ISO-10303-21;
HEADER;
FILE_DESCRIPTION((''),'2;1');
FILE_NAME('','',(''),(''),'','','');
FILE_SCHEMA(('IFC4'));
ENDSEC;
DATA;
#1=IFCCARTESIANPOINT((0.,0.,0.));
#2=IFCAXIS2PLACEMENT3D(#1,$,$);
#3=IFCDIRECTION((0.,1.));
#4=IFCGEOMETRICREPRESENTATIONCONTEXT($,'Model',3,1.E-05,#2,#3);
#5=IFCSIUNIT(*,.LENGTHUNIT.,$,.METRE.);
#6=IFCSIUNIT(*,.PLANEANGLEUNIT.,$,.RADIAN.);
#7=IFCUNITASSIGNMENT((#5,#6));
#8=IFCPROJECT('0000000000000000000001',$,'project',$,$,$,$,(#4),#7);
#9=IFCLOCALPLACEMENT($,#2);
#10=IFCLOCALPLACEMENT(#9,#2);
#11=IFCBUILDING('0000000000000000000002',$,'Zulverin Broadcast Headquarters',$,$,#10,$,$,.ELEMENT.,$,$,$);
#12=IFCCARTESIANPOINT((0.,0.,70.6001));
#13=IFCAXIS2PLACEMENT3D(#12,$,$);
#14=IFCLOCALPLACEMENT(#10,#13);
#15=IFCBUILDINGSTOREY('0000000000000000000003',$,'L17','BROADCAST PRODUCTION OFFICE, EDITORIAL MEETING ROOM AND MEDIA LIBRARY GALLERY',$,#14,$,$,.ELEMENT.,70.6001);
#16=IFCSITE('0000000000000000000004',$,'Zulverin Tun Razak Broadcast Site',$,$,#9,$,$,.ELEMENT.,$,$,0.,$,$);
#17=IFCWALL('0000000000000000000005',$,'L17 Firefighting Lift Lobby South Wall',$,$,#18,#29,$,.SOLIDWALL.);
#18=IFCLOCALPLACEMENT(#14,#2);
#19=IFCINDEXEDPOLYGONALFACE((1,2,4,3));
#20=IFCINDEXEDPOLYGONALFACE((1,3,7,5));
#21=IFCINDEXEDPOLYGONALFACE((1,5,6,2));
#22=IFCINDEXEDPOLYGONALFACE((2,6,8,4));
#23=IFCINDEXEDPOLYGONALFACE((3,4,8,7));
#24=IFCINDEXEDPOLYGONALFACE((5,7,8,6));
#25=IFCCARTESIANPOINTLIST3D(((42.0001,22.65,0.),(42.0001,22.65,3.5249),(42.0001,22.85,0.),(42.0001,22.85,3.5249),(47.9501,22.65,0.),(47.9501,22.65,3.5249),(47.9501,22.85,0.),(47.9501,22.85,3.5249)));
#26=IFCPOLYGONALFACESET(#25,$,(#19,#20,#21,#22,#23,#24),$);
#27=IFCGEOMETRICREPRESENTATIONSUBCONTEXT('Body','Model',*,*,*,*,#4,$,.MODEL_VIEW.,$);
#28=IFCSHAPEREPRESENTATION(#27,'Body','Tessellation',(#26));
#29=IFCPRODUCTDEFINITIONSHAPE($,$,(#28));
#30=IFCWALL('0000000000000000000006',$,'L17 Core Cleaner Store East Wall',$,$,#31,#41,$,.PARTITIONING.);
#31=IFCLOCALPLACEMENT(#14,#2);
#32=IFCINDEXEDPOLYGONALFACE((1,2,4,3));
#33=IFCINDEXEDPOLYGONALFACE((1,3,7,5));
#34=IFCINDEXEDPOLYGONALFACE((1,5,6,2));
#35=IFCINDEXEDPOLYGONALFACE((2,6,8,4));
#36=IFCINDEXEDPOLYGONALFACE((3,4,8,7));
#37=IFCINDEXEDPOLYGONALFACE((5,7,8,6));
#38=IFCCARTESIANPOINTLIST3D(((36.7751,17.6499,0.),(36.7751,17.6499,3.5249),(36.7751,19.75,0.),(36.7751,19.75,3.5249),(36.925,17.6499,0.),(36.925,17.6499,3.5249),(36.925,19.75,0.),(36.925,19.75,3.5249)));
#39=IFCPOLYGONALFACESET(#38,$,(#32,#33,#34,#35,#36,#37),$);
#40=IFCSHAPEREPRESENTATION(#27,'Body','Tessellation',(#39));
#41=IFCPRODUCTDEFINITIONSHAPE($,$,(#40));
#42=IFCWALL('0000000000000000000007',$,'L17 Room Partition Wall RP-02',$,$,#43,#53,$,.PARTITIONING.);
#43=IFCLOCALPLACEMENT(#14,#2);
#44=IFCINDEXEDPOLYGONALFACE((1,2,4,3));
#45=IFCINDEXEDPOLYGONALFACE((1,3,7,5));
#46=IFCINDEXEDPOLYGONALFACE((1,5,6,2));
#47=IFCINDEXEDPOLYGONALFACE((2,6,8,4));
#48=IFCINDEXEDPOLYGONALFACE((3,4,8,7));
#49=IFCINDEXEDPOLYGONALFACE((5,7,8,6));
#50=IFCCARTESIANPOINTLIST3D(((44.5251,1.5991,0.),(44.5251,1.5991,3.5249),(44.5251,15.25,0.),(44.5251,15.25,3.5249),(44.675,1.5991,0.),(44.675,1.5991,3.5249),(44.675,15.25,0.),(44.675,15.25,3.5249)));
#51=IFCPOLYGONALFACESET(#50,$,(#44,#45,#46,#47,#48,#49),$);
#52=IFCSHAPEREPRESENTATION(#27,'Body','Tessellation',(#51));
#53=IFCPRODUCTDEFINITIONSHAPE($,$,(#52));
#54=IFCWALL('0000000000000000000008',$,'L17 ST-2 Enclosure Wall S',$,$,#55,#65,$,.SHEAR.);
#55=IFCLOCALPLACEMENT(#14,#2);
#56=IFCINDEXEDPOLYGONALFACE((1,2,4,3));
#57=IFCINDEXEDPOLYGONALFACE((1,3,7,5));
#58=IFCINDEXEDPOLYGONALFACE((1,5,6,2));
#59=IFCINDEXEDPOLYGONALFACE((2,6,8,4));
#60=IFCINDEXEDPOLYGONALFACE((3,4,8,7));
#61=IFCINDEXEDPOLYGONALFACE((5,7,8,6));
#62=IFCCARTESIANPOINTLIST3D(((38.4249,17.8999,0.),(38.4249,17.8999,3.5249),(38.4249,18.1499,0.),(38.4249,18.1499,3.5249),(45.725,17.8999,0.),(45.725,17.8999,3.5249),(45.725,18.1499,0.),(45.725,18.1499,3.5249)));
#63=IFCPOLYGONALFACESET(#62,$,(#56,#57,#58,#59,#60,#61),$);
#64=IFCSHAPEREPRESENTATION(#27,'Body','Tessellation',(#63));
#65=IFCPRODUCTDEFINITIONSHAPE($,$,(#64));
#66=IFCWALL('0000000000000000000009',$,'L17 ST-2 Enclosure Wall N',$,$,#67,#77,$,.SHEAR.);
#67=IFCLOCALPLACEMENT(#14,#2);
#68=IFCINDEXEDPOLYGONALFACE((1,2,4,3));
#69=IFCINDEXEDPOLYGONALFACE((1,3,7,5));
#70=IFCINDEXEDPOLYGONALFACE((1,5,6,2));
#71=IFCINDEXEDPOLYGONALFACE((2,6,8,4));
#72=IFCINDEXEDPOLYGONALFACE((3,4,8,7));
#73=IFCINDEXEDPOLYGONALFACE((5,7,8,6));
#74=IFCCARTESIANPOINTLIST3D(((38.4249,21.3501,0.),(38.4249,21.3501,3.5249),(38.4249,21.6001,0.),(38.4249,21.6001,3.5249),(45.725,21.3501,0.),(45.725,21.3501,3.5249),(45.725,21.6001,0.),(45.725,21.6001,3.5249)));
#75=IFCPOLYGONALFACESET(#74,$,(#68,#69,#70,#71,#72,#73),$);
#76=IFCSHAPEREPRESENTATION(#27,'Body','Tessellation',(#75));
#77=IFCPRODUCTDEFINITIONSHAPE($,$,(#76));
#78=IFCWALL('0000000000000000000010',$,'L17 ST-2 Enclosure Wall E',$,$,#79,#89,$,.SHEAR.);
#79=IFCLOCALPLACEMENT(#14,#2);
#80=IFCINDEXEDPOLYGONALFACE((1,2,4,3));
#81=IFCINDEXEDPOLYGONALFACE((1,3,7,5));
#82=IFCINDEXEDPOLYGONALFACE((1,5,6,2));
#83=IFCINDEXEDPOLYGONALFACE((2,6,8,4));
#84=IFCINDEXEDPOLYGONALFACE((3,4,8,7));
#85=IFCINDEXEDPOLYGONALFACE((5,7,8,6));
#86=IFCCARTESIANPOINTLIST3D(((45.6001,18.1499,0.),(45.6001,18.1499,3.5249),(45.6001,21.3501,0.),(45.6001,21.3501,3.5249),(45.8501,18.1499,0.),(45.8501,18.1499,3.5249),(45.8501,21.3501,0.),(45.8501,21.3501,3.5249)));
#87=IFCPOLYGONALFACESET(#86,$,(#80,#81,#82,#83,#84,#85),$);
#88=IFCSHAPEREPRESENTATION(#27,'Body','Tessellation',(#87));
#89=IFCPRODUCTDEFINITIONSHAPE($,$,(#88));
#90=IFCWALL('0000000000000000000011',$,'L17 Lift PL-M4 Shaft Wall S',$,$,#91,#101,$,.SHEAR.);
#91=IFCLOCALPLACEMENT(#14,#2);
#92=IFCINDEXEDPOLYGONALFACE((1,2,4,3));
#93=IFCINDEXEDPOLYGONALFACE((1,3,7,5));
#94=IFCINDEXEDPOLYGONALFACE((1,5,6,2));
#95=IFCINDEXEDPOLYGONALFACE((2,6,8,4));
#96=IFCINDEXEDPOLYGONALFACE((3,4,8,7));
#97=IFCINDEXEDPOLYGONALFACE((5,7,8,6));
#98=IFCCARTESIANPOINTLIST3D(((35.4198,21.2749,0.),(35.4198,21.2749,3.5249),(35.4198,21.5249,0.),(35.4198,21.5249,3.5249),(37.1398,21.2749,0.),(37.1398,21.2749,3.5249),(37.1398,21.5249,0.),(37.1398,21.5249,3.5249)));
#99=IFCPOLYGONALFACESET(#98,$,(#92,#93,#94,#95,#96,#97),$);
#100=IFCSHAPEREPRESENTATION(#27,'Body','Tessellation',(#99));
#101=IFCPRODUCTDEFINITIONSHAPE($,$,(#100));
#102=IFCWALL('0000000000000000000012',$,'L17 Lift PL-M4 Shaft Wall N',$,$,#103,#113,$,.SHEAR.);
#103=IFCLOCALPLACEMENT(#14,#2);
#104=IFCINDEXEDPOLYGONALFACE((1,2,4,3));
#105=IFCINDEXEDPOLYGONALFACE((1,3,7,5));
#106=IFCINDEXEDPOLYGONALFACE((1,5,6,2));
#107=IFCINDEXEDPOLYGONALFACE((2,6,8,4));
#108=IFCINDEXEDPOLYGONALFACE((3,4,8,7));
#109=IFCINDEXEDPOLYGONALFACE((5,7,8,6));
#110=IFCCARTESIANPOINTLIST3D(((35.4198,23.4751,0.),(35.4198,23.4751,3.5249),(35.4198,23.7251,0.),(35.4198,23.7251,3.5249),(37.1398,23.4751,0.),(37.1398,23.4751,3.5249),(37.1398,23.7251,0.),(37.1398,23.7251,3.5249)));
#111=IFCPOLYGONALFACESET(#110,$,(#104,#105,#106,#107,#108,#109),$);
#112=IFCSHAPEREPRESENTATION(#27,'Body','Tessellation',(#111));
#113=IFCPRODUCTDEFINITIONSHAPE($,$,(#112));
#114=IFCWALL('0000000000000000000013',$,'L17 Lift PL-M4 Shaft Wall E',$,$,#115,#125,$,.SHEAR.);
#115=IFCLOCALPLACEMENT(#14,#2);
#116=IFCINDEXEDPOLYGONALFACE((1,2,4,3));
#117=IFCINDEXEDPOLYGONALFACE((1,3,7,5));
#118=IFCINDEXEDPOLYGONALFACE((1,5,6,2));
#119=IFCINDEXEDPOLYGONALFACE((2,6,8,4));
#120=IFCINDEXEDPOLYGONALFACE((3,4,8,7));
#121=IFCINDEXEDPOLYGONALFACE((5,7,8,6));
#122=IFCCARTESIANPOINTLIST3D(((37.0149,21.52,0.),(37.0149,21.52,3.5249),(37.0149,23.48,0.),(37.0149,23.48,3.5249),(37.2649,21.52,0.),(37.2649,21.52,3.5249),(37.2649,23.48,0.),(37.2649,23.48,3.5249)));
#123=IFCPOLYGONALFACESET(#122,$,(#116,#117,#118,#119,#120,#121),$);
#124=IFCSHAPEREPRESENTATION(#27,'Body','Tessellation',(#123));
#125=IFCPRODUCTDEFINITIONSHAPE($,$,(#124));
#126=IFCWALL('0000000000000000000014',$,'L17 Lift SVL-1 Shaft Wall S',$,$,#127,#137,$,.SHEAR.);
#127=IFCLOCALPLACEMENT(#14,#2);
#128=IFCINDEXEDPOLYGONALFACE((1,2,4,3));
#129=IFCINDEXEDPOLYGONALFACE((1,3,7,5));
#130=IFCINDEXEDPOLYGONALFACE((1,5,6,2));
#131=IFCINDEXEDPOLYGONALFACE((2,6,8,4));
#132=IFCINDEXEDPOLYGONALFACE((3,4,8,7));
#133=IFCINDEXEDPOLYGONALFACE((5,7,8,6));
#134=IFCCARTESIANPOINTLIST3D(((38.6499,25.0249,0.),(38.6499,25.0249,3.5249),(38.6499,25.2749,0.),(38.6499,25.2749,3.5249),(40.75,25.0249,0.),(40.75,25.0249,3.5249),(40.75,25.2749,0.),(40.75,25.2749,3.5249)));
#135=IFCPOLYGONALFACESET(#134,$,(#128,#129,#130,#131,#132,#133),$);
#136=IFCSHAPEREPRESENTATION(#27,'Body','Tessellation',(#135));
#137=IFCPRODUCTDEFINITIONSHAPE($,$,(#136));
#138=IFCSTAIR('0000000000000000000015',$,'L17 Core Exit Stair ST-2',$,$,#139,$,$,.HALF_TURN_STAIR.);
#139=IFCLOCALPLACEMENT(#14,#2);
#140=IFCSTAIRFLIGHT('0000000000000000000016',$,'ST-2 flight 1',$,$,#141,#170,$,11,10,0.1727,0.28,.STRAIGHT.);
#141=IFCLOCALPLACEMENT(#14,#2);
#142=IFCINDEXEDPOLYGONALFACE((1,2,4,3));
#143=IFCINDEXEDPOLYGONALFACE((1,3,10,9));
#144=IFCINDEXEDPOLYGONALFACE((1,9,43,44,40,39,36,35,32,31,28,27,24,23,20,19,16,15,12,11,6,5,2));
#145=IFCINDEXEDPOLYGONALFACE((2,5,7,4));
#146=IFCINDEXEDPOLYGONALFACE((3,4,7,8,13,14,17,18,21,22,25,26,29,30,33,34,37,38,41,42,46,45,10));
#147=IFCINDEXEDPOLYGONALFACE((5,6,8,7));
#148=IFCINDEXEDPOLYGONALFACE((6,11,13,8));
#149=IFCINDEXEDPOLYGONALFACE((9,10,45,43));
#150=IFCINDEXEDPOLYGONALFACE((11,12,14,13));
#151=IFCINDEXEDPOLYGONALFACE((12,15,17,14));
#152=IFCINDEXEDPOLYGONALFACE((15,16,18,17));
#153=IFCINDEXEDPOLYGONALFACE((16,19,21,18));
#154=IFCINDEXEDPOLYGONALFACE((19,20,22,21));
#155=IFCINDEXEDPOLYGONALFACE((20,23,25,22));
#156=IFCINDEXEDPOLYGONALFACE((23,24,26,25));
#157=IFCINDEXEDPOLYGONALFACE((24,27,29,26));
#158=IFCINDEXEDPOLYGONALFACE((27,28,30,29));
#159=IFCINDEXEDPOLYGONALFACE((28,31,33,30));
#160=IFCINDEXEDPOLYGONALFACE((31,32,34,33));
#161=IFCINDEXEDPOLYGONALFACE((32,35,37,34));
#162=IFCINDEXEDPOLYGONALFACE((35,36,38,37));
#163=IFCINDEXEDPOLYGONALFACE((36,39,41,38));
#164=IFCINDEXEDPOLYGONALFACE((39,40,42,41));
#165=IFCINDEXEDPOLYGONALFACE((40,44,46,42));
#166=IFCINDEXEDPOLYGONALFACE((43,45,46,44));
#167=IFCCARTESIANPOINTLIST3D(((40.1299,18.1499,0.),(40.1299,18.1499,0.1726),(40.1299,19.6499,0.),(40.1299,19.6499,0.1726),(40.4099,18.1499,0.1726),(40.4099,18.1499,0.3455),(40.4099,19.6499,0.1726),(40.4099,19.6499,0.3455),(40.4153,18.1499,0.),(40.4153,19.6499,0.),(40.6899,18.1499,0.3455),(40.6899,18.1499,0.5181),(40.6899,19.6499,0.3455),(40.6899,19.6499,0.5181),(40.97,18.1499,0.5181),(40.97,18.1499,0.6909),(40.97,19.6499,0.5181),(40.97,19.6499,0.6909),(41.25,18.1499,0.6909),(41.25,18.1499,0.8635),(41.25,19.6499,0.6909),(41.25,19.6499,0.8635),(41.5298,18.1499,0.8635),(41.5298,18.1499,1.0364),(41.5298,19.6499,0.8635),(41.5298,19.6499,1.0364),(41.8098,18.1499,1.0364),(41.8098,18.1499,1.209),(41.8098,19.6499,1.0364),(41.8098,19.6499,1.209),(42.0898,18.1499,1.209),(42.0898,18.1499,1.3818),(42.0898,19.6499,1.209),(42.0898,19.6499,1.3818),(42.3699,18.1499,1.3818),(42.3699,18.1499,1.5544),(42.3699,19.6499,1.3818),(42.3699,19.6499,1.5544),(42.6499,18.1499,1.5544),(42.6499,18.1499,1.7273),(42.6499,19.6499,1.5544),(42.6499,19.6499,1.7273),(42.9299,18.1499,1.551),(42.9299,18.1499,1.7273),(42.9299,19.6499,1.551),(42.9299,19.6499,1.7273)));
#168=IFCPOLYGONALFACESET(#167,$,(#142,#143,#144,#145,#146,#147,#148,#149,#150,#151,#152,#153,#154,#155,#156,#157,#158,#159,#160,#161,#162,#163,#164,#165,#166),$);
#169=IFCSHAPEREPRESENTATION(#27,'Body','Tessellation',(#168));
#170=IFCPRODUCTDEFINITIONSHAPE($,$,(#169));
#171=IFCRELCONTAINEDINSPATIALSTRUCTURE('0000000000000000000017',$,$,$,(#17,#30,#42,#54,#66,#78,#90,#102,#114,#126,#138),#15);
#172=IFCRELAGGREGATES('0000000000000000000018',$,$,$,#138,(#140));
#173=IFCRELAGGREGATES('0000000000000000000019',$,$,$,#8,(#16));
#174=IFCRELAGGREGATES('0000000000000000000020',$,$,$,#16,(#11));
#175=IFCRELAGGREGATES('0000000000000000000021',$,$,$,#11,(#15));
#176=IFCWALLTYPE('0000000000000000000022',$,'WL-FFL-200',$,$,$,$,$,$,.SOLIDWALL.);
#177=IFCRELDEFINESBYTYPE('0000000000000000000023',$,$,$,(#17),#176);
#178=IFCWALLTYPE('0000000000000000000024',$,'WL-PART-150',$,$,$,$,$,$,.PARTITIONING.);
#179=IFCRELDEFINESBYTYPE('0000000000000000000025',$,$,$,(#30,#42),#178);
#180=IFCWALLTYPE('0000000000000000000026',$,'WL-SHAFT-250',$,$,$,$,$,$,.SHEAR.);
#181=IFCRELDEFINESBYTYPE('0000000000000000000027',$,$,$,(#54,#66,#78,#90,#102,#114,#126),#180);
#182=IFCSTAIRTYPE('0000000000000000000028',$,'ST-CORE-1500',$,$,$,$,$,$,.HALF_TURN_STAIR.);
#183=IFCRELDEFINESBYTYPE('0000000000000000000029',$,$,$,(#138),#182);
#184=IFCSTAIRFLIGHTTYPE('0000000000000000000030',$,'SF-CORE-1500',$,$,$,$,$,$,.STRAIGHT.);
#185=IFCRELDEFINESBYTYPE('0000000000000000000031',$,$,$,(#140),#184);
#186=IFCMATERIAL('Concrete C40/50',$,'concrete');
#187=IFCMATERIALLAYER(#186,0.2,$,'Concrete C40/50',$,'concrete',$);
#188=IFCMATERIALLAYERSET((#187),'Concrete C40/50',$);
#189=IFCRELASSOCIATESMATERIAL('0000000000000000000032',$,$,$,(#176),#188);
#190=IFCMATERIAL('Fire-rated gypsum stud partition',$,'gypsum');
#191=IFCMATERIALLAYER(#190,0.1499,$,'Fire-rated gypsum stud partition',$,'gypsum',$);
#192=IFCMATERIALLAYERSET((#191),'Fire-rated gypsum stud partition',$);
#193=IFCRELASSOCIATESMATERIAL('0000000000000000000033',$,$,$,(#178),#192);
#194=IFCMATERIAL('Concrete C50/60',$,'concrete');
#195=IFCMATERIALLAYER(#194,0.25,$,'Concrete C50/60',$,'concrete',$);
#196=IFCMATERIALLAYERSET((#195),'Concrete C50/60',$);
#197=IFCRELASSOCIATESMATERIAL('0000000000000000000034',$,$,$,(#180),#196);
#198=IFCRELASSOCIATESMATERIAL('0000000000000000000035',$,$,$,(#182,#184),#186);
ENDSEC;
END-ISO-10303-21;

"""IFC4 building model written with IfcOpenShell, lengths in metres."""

from ifc_helpers import new_model, si_unit, direction, frame, frame_2d, origin, place, context, subcontext, project, spatial, polyline, rectangle, outline, extrude, material, layer, layer_set, type_object, element, aggregate, save


model = new_model("IFC4")

# Units and contexts
model_context = context("Model", 3, precision=1e-05, world=origin(), true_north=direction((0.0, 1.0)))
body_context = subcontext(model_context, "Body", "Model", "MODEL_VIEW")
ifc_project = project(units=[si_unit("LENGTHUNIT", "METRE"), si_unit("PLANEANGLEUNIT", "RADIAN")], contexts=[model_context])

# Site, building, storey
site_placement = place(None, origin())
site = spatial("IfcSite", under=ifc_project, at=site_placement, Name="Zulverin Tun Razak Broadcast Site", CompositionType="ELEMENT", RefElevation=0.0)
building_placement = place(site_placement, origin())
building = spatial("IfcBuilding", under=site, at=building_placement, Name="Zulverin Broadcast Headquarters", CompositionType="ELEMENT")
storey_placement = place(building_placement, frame((0.0, 0.0, 70.6001)))
storey = spatial("IfcBuildingStorey", under=building, at=storey_placement, Name="L17", Description="BROADCAST PRODUCTION OFFICE, EDITORIAL MEETING ROOM AND MEDIA LIBRARY GALLERY", CompositionType="ELEMENT", Elevation=70.6001)

# Shared definitions
ifc_material_1 = material(Name="Concrete C40/50", Category="concrete")
ifc_layer_1 = layer(ifc_material_1, 0.2, Name="Concrete C40/50", Category="concrete")
ifc_layer_set_1 = layer_set([ifc_layer_1], Name="Concrete C40/50")
wall_type_1 = type_object("IfcWallType", Name="WL-FFL-200", PredefinedType="SOLIDWALL", material=ifc_layer_set_1)

# Walls
wall_1_placement = place(storey_placement, frame((42.0, 22.75, 0.0), z_axis=(0.0, 0.0, 1.0), x_axis=(1.0, 0.0, 0.0)))
element("IfcWall", 1, at=wall_1_placement, inside=storey, type_object=wall_type_1, Name="L17 Firefighting Lift Lobby South Wall", PredefinedType="SOLIDWALL", context=body_context, shape_type="SweptSolid", body=[
    extrude(rectangle(XDim=5.95, YDim=0.2, at=frame_2d((2.9751, 0.0))), origin(), (0.0, 0.0, 1.0), 3.5249),
])
ifc_material_2 = material(Name="Fire-rated gypsum stud partition", Category="gypsum")
ifc_layer_2 = layer(ifc_material_2, 0.1499, Name="Fire-rated gypsum stud partition", Category="gypsum")
ifc_layer_set_2 = layer_set([ifc_layer_2], Name="Fire-rated gypsum stud partition")
wall_type_2 = type_object("IfcWallType", Name="WL-PART-150", PredefinedType="PARTITIONING", material=ifc_layer_set_2)
wall_2_placement = place(storey_placement, frame((36.8501, 17.6499, 0.0), z_axis=(0.0, 0.0, 1.0), x_axis=(0.0, 1.0, 0.0)))
element("IfcWall", 2, at=wall_2_placement, inside=storey, type_object=wall_type_2, Name="L17 Core Cleaner Store East Wall", PredefinedType="PARTITIONING", context=body_context, shape_type="SweptSolid", body=[
    extrude(rectangle(XDim=2.1001, YDim=0.1499, at=frame_2d((1.05, 0.0))), origin(), (0.0, 0.0, 1.0), 3.5249),
])
wall_3_placement = place(storey_placement, frame((44.6001, 1.5991, 0.0), z_axis=(0.0, 0.0, 1.0), x_axis=(0.0, 1.0, 0.0)))
element("IfcWall", 3, at=wall_3_placement, inside=storey, type_object=wall_type_2, Name="L17 Room Partition Wall RP-02", PredefinedType="PARTITIONING", context=body_context, shape_type="SweptSolid", body=[
    extrude(rectangle(XDim=13.6509, YDim=0.1499, at=frame_2d((6.8254, 0.0))), origin(), (0.0, 0.0, 1.0), 3.5249),
])
ifc_material_3 = material(Name="Concrete C50/60", Category="concrete")
ifc_layer_3 = layer(ifc_material_3, 0.25, Name="Concrete C50/60", Category="concrete")
ifc_layer_set_3 = layer_set([ifc_layer_3], Name="Concrete C50/60")
wall_type_3 = type_object("IfcWallType", Name="WL-SHAFT-250", PredefinedType="SHEAR", material=ifc_layer_set_3)
for number, where, z_axis, x_axis, name in (
    (4, (38.425, 18.0249, 0.0), (0.0, 0.0, 1.0), (1.0, 0.0, 0.0), "L17 ST-2 Enclosure Wall S"),
    (5, (38.425, 21.4751, 0.0), (0.0, 0.0, 1.0), (1.0, 0.0, 0.0), "L17 ST-2 Enclosure Wall N"),
):
    element("IfcWall", number, at=place(storey_placement, frame(where, z_axis=z_axis, x_axis=x_axis)), inside=storey, type_object=wall_type_3, Name=name, PredefinedType="SHEAR", context=body_context, shape_type="SweptSolid", body=[
        extrude(rectangle(XDim=7.3, YDim=0.25, at=frame_2d((3.6499, 0.0))), origin(), (0.0, 0.0, 1.0), 3.5249),
    ])

# Walls
wall_4_placement = place(storey_placement, frame((45.7251, 18.1499, 0.0), z_axis=(0.0, 0.0, 1.0), x_axis=(0.0, 1.0, 0.0)))
element("IfcWall", 6, at=wall_4_placement, inside=storey, type_object=wall_type_3, Name="L17 ST-2 Enclosure Wall E", PredefinedType="SHEAR", context=body_context, shape_type="SweptSolid", body=[
    extrude(rectangle(XDim=3.2002, YDim=0.25, at=frame_2d((1.6001, 0.0))), origin(), (0.0, 0.0, 1.0), 3.5249),
])
for number, where, z_axis, x_axis, name in (
    (7, (35.4199, 21.3999, 0.0), (0.0, 0.0, 1.0), (1.0, 0.0, 0.0), "L17 Lift PL-M4 Shaft Wall S"),
    (8, (35.4199, 23.6001, 0.0), (0.0, 0.0, 1.0), (1.0, 0.0, 0.0), "L17 Lift PL-M4 Shaft Wall N"),
):
    element("IfcWall", number, at=place(storey_placement, frame(where, z_axis=z_axis, x_axis=x_axis)), inside=storey, type_object=wall_type_3, Name=name, PredefinedType="SHEAR", context=body_context, shape_type="SweptSolid", body=[
        extrude(rectangle(XDim=1.72, YDim=0.25, at=frame_2d((0.8599, 0.0))), origin(), (0.0, 0.0, 1.0), 3.5249),
    ])
wall_5_placement = place(storey_placement, frame((37.1399, 21.52, 0.0), z_axis=(0.0, 0.0, 1.0), x_axis=(0.0, 1.0, 0.0)))
element("IfcWall", 9, at=wall_5_placement, inside=storey, type_object=wall_type_3, Name="L17 Lift PL-M4 Shaft Wall E", PredefinedType="SHEAR", context=body_context, shape_type="SweptSolid", body=[
    extrude(rectangle(XDim=1.96, YDim=0.25, at=frame_2d((0.98, 0.0))), origin(), (0.0, 0.0, 1.0), 3.5249),
])
wall_6_placement = place(storey_placement, frame((38.6499, 25.1499, 0.0), z_axis=(0.0, 0.0, 1.0), x_axis=(1.0, 0.0, 0.0)))
element("IfcWall", 10, at=wall_6_placement, inside=storey, type_object=wall_type_3, Name="L17 Lift SVL-1 Shaft Wall S", PredefinedType="SHEAR", context=body_context, shape_type="SweptSolid", body=[
    extrude(rectangle(XDim=2.1001, YDim=0.25, at=frame_2d((1.05, 0.0))), origin(), (0.0, 0.0, 1.0), 3.5249),
])

# Stair, stair flight
stair_type = type_object("IfcStairType", Name="ST-CORE-1500", PredefinedType="HALF_TURN_STAIR", material=ifc_material_1)
stair_placement = place(storey_placement, origin())
stair = element("IfcStair", 11, at=stair_placement, inside=storey, type_object=stair_type, Name="L17 Core Exit Stair ST-2", PredefinedType="HALF_TURN_STAIR")
stair_flight_type = type_object("IfcStairFlightType", Name="SF-CORE-1500", PredefinedType="STRAIGHT", material=ifc_material_1)
stair_flight_1_placement = place(storey_placement, frame((40.1299, 18.8999, 0.0), z_axis=(0.0, 0.0, 1.0), x_axis=(1.0, 0.0, 0.0)))
stair_flight_1 = element("IfcStairFlight", 12, at=stair_flight_1_placement, type_object=stair_flight_type, Name="ST-2 flight 1", NumberOfRisers=11, NumberOfTreads=10, PredefinedType="STRAIGHT", RiserHeight=0.1727, TreadLength=0.28, context=body_context, shape_type="SweptSolid", body=[
    extrude(outline(polyline([(0.0, 0.0), (0.0, 0.1726), (0.28, 0.1726), (0.28, 0.3455), (0.5601, 0.3455), (0.5601, 0.5181), (0.8401, 0.5181), (0.8401, 0.6909), (1.1201, 0.6909), (1.1201, 0.8635), (1.3999, 0.8635), (1.3999, 1.0364), (1.6799, 1.0364), (1.6799, 1.209), (1.96, 1.209), (1.96, 1.3818), (2.24, 1.3818), (2.24, 1.5544), (2.52, 1.5544), (2.52, 1.7273), (2.8, 1.7273), (2.8, 1.8999), (2.8, 1.551), (0.2854, 0.0), (0.0, 0.0)])), frame((0.0, 0.75, 0.0), z_axis=(0.0, -1.0, 0.0), x_axis=(1.0, 0.0, 0.0)), (0.0, 0.0, 1.0), 1.5),
])
aggregate(stair, [stair_flight_1])

save(model, "model.ifc")
